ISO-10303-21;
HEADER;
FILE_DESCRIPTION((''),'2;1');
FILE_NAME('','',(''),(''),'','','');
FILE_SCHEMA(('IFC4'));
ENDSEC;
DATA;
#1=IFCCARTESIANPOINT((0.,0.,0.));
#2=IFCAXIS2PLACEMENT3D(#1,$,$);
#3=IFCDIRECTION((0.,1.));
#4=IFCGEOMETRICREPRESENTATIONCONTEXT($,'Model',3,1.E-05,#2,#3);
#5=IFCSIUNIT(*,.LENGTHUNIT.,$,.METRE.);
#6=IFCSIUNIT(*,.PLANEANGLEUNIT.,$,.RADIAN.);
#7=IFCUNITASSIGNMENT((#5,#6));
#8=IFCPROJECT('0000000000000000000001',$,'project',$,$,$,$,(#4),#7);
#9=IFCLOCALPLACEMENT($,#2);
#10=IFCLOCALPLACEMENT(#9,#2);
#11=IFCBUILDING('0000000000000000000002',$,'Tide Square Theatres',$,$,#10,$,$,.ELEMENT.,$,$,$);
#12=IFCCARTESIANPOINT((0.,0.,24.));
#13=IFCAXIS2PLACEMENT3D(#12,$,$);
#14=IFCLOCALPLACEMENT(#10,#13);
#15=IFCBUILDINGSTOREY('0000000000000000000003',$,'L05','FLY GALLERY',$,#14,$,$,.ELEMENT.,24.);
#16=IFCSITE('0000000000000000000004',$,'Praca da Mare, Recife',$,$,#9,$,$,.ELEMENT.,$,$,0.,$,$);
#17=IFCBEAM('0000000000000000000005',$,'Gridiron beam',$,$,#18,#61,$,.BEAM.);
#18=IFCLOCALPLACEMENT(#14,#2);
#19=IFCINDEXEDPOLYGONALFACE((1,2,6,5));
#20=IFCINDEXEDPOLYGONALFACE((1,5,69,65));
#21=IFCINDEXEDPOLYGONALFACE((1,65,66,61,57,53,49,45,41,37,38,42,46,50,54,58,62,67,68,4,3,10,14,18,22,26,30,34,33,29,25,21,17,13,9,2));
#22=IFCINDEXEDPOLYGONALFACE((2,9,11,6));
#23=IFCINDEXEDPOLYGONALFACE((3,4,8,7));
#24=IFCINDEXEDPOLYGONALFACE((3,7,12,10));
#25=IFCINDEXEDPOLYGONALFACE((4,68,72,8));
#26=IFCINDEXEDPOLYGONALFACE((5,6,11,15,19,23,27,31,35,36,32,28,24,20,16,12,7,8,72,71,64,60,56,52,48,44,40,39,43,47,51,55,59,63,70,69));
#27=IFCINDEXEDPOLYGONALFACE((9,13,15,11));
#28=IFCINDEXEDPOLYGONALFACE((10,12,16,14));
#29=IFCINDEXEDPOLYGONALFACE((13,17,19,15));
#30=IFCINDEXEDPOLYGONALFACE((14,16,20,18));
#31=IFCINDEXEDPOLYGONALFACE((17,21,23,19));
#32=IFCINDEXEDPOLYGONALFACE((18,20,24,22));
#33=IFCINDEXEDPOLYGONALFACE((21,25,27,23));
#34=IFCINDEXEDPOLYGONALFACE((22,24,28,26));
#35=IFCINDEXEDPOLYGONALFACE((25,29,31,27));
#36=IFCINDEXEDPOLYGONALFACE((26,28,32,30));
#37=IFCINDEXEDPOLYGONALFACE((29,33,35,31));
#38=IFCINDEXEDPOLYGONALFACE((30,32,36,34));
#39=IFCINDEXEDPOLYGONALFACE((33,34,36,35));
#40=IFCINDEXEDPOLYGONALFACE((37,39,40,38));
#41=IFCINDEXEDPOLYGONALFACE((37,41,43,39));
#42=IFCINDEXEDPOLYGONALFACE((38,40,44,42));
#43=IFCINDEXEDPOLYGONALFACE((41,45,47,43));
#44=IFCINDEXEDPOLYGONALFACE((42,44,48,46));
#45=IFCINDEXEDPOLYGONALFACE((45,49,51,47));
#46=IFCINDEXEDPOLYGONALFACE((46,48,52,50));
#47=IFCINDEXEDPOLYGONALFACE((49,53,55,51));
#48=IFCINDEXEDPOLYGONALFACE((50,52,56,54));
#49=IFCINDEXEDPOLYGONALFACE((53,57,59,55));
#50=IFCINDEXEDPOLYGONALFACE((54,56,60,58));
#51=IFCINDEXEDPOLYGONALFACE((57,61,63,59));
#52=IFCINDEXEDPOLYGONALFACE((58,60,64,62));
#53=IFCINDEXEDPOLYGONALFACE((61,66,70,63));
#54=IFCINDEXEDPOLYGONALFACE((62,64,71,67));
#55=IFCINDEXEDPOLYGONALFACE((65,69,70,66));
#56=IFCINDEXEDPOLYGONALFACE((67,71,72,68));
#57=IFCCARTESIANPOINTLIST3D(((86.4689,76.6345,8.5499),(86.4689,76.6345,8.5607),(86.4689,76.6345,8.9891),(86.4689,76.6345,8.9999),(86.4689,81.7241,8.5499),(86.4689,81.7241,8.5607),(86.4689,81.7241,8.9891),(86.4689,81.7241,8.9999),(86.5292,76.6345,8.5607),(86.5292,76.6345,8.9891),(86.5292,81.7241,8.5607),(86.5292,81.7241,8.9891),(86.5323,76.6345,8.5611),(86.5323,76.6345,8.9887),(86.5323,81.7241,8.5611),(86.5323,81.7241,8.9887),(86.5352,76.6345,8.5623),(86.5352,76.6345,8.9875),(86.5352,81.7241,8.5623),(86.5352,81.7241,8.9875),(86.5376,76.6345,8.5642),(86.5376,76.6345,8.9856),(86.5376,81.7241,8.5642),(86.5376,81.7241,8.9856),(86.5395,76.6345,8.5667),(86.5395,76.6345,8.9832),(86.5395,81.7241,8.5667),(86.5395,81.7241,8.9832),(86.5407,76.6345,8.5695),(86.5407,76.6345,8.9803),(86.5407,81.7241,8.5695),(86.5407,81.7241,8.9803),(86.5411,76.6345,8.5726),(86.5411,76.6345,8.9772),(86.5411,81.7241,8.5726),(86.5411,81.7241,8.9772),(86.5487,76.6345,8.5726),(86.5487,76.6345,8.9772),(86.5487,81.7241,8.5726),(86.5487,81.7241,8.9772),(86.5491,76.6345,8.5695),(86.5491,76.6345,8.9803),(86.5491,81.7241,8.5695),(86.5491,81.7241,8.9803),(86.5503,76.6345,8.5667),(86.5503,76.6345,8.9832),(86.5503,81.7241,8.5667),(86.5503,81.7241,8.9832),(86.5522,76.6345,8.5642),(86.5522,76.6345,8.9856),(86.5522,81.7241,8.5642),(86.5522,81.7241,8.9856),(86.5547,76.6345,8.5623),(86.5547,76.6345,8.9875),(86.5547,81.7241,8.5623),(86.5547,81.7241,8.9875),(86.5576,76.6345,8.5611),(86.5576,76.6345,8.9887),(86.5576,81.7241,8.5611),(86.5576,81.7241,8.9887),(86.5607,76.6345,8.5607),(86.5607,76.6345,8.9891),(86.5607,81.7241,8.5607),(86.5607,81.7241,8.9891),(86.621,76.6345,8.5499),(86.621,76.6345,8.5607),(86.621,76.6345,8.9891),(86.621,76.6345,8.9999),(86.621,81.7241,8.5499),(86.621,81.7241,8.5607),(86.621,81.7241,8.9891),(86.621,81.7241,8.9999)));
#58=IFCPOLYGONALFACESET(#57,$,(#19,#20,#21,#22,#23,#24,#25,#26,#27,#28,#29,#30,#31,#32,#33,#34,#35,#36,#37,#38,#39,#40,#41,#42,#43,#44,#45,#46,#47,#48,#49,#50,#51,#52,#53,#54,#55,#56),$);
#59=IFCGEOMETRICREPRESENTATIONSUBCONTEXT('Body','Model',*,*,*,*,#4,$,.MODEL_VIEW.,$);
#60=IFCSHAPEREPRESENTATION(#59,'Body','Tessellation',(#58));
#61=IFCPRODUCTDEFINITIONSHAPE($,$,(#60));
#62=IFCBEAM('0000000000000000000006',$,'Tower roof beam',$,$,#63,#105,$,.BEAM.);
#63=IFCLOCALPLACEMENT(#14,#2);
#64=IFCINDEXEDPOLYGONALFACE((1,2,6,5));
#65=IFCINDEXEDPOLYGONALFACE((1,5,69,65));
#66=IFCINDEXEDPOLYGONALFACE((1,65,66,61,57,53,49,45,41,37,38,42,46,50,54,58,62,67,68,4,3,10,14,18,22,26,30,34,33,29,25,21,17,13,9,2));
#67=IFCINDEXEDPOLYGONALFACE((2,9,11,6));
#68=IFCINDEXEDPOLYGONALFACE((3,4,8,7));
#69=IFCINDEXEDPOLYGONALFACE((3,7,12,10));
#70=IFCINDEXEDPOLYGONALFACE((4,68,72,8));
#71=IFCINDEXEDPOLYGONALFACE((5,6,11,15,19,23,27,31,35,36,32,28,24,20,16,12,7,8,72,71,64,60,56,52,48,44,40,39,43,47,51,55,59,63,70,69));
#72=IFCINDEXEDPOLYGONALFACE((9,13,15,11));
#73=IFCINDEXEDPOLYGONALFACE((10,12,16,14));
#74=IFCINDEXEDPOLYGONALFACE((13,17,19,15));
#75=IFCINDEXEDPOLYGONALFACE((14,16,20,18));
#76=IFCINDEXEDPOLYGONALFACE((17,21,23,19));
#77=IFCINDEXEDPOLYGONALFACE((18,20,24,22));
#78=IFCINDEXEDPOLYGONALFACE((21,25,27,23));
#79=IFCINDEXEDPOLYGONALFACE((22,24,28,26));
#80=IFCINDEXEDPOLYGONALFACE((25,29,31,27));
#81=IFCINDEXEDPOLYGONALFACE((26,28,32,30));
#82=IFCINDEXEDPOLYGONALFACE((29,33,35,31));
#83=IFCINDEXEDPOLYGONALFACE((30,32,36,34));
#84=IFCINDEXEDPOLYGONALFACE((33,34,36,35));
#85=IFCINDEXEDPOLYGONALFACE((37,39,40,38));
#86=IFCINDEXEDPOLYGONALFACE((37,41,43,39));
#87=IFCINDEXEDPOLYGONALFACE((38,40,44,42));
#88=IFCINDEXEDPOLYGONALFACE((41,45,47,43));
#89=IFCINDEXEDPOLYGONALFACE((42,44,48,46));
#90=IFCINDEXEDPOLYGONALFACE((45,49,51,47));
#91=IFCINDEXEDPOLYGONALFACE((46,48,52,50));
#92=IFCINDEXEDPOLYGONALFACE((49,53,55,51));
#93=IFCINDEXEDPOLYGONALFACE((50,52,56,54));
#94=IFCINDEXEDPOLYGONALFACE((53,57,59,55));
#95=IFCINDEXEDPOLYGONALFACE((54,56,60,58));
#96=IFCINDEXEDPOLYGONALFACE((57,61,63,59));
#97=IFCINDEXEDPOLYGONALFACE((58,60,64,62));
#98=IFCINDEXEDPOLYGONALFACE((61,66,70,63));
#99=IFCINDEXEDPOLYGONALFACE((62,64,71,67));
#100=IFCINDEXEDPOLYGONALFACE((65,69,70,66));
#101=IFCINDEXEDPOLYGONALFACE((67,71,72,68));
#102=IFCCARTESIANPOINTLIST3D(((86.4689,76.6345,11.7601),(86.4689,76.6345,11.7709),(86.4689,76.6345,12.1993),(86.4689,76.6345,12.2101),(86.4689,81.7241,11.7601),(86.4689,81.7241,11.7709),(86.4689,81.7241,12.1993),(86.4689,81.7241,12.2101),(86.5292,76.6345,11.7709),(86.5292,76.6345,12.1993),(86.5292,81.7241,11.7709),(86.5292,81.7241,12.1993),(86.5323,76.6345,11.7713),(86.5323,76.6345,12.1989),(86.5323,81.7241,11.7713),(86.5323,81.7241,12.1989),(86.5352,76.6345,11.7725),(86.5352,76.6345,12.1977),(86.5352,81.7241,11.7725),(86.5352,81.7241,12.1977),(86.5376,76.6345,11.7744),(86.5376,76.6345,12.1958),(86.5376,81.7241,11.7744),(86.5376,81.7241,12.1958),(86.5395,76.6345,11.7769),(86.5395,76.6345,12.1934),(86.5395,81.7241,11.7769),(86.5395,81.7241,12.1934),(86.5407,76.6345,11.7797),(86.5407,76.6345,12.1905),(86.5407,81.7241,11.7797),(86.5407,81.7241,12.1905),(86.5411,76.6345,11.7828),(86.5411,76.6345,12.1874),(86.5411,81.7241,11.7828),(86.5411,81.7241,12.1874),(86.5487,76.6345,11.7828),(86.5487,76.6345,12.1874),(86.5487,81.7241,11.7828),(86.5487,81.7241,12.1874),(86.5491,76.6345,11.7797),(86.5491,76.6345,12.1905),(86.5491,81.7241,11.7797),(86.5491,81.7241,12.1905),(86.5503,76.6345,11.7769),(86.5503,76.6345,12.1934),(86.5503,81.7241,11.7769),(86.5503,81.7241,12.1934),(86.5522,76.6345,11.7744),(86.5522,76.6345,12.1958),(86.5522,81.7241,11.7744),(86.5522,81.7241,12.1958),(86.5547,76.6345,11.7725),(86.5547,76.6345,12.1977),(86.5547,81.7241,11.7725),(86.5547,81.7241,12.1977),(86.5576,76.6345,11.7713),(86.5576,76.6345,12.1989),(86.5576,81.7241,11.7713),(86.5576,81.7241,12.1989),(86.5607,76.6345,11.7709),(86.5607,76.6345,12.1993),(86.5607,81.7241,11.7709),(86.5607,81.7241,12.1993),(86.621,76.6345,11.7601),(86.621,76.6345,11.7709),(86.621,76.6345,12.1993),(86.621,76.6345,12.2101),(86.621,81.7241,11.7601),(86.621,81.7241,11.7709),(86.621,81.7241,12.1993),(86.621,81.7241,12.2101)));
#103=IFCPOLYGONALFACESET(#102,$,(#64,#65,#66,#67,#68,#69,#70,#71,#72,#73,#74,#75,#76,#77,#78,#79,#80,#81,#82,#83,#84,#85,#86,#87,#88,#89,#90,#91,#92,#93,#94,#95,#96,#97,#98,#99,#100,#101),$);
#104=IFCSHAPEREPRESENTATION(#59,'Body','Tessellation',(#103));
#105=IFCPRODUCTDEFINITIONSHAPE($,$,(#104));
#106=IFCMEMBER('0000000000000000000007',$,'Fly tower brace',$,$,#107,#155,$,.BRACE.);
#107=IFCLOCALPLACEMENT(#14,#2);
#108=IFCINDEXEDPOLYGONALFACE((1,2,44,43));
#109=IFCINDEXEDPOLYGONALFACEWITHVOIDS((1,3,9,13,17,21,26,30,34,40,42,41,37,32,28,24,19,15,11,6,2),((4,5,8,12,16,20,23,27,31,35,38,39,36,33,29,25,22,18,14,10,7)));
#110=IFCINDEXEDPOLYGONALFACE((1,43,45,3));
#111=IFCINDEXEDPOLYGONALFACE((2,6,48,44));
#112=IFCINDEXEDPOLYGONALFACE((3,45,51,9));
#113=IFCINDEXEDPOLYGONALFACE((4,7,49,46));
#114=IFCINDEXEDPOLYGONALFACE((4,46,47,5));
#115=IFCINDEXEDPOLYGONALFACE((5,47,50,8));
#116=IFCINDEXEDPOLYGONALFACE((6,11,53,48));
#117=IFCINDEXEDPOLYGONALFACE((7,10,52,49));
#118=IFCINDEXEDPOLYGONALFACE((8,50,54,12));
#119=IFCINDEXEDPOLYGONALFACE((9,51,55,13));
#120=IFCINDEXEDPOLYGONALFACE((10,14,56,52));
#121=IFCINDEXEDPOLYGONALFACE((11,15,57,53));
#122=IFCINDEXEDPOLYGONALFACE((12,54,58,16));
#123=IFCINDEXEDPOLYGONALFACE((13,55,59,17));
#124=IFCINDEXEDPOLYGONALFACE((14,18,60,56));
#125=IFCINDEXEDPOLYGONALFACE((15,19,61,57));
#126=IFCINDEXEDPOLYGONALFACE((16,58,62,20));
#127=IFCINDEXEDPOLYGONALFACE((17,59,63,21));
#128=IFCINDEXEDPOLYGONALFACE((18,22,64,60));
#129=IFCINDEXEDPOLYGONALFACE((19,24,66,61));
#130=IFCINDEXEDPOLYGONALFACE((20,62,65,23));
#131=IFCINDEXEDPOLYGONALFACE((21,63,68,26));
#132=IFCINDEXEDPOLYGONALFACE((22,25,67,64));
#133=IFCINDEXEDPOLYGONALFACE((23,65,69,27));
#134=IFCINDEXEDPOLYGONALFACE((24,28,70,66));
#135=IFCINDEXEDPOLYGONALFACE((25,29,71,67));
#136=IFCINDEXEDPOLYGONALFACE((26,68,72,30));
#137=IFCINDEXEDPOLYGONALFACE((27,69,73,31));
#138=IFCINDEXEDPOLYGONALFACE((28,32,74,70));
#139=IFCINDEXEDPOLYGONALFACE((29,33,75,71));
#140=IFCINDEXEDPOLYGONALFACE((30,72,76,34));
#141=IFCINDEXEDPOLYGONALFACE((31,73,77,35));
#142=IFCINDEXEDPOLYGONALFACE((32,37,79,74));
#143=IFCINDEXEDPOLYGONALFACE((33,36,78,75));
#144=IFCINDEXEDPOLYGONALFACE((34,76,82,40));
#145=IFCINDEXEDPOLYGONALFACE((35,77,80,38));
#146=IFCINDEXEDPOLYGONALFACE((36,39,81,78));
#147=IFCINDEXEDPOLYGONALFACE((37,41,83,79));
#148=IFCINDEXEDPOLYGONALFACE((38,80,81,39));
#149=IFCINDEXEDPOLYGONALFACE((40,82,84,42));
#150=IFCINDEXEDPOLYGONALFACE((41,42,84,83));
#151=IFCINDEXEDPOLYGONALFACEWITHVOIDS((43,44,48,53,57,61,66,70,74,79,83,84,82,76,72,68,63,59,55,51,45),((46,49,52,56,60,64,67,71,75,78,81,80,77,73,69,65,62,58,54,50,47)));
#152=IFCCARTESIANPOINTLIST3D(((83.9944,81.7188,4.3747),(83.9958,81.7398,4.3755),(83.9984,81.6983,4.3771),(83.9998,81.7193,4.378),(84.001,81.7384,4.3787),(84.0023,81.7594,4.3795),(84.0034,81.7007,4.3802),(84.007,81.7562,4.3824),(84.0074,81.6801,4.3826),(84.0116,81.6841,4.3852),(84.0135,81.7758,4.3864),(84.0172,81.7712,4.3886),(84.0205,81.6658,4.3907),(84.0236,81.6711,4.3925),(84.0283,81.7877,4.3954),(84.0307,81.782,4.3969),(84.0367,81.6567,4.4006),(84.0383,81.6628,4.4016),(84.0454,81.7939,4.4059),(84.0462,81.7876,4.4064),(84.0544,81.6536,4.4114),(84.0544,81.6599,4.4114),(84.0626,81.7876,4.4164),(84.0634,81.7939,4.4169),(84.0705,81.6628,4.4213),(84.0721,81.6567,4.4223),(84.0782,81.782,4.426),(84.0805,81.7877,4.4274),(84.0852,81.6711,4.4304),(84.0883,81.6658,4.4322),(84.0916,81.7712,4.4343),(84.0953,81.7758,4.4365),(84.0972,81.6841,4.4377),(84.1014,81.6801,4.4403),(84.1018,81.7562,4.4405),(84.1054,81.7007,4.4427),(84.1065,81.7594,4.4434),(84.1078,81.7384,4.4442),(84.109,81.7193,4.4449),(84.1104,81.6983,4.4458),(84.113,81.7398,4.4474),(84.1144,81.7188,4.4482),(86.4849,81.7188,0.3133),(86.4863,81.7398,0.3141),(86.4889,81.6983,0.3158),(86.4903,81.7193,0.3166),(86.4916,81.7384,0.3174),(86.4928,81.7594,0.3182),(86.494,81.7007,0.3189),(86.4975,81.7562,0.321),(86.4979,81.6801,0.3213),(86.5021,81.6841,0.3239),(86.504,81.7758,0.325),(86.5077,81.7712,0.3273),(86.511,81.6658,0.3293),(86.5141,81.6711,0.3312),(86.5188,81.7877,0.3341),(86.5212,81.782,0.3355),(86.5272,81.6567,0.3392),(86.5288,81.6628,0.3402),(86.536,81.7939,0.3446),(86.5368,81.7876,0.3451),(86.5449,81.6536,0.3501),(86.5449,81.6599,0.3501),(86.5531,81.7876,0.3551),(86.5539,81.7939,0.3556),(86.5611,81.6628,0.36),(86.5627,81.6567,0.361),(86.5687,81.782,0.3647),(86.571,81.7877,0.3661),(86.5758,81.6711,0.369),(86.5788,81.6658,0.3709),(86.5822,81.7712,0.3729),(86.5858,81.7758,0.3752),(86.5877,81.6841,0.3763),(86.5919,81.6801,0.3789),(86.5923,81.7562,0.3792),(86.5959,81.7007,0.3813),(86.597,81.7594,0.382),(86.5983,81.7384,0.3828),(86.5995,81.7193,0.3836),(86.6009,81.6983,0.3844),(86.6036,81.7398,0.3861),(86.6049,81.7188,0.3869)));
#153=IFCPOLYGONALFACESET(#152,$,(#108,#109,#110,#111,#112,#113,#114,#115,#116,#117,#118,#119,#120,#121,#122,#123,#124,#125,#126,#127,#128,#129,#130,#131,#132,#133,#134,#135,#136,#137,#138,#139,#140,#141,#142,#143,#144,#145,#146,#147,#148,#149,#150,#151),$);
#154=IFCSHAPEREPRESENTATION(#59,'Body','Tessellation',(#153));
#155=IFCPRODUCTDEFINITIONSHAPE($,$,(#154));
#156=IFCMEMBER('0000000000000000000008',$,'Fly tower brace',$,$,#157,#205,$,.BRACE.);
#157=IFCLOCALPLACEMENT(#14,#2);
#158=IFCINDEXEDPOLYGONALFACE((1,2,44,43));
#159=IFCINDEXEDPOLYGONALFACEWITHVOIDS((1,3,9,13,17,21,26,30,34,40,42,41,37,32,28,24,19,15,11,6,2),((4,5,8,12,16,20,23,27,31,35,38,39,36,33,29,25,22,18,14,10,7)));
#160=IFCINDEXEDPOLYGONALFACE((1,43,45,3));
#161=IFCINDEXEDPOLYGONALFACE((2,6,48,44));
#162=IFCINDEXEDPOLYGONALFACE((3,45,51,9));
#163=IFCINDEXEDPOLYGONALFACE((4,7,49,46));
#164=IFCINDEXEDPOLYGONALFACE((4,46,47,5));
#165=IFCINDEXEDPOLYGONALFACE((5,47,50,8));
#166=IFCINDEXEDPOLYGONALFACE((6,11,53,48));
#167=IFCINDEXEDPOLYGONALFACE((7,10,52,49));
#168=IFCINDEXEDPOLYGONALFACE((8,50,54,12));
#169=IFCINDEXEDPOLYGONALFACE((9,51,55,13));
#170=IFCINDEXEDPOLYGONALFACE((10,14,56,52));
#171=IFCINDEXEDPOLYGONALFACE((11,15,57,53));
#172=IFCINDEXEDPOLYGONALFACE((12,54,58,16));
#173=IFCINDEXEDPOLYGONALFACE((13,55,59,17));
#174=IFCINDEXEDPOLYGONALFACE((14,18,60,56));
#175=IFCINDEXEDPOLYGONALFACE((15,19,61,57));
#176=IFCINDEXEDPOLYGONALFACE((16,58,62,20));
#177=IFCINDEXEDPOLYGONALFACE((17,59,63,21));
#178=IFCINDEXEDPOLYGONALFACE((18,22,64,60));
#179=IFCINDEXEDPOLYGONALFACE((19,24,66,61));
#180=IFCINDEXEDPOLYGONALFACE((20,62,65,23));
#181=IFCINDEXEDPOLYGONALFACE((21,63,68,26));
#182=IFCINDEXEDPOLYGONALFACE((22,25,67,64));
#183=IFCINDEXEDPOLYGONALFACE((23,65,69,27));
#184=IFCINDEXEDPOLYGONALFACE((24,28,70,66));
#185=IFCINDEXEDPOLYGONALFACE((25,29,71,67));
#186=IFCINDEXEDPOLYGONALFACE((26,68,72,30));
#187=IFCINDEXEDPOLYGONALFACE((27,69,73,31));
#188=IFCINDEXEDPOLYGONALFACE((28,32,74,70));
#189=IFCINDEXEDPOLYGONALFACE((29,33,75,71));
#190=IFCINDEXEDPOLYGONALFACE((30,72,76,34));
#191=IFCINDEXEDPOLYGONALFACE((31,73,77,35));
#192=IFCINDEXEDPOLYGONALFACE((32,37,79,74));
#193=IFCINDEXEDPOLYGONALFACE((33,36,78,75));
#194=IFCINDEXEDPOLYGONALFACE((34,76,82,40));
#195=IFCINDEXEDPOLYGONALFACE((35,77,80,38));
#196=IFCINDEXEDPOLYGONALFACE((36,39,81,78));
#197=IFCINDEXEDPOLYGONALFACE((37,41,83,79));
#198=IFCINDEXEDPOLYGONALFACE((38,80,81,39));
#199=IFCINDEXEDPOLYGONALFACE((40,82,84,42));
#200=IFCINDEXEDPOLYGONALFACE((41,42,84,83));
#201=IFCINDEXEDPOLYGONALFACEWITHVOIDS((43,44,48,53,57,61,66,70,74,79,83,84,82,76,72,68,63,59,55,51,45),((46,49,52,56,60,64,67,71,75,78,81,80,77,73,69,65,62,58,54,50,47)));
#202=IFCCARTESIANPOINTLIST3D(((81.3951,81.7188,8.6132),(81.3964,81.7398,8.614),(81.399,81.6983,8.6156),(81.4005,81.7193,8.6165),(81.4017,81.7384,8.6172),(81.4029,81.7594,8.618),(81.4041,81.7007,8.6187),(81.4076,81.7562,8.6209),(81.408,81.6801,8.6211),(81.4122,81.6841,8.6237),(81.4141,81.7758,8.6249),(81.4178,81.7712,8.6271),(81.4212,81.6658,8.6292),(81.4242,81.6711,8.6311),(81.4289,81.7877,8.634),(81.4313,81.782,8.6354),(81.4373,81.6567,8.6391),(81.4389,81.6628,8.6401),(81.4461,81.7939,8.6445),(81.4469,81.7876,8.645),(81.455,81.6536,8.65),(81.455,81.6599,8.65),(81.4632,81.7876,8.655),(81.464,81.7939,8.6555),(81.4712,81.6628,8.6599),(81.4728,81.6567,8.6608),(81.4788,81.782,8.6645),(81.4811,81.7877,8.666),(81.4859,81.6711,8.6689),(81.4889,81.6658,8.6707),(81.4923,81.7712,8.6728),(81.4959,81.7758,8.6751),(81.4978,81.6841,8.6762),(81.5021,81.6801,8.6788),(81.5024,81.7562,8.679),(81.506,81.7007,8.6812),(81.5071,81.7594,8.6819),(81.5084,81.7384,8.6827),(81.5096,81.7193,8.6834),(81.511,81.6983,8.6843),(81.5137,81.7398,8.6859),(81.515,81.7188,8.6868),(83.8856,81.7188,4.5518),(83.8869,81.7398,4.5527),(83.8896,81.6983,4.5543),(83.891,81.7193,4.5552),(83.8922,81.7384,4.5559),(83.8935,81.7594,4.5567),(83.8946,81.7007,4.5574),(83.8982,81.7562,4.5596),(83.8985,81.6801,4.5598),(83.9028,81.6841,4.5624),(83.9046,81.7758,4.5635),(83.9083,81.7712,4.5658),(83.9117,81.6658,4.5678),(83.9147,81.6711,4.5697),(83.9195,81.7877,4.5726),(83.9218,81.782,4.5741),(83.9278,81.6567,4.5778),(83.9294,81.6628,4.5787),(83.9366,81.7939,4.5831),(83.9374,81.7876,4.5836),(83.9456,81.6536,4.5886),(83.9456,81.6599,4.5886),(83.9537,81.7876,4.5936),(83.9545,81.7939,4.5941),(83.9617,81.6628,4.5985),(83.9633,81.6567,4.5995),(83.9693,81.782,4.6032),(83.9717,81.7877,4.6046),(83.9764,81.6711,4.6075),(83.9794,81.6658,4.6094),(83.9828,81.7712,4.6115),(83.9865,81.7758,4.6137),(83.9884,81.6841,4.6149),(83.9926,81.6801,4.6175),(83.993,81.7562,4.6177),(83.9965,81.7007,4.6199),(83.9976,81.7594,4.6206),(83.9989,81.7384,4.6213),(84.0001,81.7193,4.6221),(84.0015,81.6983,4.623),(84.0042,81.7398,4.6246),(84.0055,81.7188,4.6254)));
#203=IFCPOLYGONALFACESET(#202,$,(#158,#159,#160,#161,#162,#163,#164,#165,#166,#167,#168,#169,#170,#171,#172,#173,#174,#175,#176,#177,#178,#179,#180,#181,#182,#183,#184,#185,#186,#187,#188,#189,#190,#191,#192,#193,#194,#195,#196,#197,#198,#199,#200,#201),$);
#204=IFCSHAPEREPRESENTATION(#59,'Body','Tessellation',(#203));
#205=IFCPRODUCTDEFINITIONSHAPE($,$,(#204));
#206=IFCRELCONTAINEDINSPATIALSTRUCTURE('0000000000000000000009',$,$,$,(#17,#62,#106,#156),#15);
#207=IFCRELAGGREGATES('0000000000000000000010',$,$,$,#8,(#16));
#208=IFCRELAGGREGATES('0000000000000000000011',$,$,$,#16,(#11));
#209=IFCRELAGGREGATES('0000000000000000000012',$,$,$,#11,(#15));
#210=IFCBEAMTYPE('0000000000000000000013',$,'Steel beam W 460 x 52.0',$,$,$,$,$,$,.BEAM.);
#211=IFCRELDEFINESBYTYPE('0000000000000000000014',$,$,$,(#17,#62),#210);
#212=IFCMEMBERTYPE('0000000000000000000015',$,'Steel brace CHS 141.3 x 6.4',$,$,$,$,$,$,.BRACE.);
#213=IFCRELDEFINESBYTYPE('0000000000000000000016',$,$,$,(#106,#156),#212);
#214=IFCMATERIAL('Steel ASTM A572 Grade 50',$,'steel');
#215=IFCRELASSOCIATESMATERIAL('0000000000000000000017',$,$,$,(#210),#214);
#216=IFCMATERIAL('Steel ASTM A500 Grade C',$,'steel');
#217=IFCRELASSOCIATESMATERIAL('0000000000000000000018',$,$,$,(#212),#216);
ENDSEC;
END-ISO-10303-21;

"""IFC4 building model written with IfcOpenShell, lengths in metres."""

from ifc_helpers import new_model, si_unit, direction, frame, origin, origin_2d, place, context, subcontext, project, spatial, hollow_circle, i_section, extrude, material, material_profile, profile_set, type_object, element, save


model = new_model("IFC4")

# Units and contexts
model_context = context("Model", 3, precision=1e-05, world=origin(), true_north=direction((0.0, 1.0)))
body_context = subcontext(model_context, "Body", "Model", "MODEL_VIEW")
ifc_project = project(units=[si_unit("LENGTHUNIT", "METRE"), si_unit("PLANEANGLEUNIT", "RADIAN")], contexts=[model_context])

# Site, building, storey
site_placement = place(None, origin())
site = spatial("IfcSite", under=ifc_project, at=site_placement, Name="Praca da Mare, Recife", CompositionType="ELEMENT", RefElevation=0.0)
building_placement = place(site_placement, origin())
building = spatial("IfcBuilding", under=site, at=building_placement, Name="Tide Square Theatres", CompositionType="ELEMENT")
storey_placement = place(building_placement, frame((0.0, 0.0, 24.0)))
storey = spatial("IfcBuildingStorey", under=building, at=storey_placement, Name="L05", Description="FLY GALLERY", CompositionType="ELEMENT", Elevation=24.0)

# Beams
ifc_material_1 = material(Name="Steel ASTM A572 Grade 50", Category="steel")
ifc_material_profile_1 = material_profile(ifc_material_1, i_section(OverallWidth=0.1521, OverallDepth=0.45, WebThickness=0.0076, FlangeThickness=0.0107, FilletRadius=0.012, at=origin_2d()))
ifc_profile_set_1 = profile_set([ifc_material_profile_1], Name="Steel ASTM A572 Grade 50")
beam_type_1 = type_object("IfcBeamType", Name="Steel beam W 460 x 52.0", PredefinedType="BEAM", material=ifc_profile_set_1)
for number, where, z_axis, x_axis, name in (
    (1, (86.5449, 76.6345, 8.7749), (0.0, 1.0, 0.0), (-1.0, 0.0, 0.0), "Gridiron beam"),
    (2, (86.5449, 76.6345, 11.9851), (0.0, 1.0, 0.0), (-1.0, 0.0, 0.0), "Tower roof beam"),
):
    element("IfcBeam", number, at=place(storey_placement, frame(where, z_axis=z_axis, x_axis=x_axis)), inside=storey, type_object=beam_type_1, Name=name, PredefinedType="BEAM", context=body_context, shape_type="SweptSolid", body=[
        extrude(i_section(OverallWidth=0.1521, OverallDepth=0.45, WebThickness=0.0076, FlangeThickness=0.0107, FilletRadius=0.012, at=origin_2d()), origin(), (0.0, 0.0, 1.0), 5.0896),
    ])

# Members
ifc_material_2 = material(Name="Steel ASTM A500 Grade C", Category="steel")
ifc_material_profile_2 = material_profile(ifc_material_2, hollow_circle(Radius=0.0706, WallThickness=0.0063, at=origin_2d()))
ifc_profile_set_2 = profile_set([ifc_material_profile_2], Name="Steel ASTM A500 Grade C")
member_type_1 = type_object("IfcMemberType", Name="Steel brace CHS 141.3 x 6.4", PredefinedType="BRACE", material=ifc_profile_set_2)
for number, where, z_axis, x_axis, name in (
    (3, (86.5449, 81.7241, 0.3501), (-0.522762, 0.0, 0.852479), (0.0, -1.0, 0.0), "Fly tower brace"),
    (4, (83.9456, 81.7241, 4.5886), (-0.522762, 0.0, 0.852479), (0.0, -1.0, 0.0), "Fly tower brace"),
):
    element("IfcMember", number, at=place(storey_placement, frame(where, z_axis=z_axis, x_axis=x_axis)), inside=storey, type_object=member_type_1, Name=name, PredefinedType="BRACE", context=body_context, shape_type="SweptSolid", body=[
        extrude(hollow_circle(Radius=0.0706, WallThickness=0.0063, at=origin_2d()), origin(), (0.0, 0.0, 1.0), 4.7642),
    ])

save(model, "model.ifc")
